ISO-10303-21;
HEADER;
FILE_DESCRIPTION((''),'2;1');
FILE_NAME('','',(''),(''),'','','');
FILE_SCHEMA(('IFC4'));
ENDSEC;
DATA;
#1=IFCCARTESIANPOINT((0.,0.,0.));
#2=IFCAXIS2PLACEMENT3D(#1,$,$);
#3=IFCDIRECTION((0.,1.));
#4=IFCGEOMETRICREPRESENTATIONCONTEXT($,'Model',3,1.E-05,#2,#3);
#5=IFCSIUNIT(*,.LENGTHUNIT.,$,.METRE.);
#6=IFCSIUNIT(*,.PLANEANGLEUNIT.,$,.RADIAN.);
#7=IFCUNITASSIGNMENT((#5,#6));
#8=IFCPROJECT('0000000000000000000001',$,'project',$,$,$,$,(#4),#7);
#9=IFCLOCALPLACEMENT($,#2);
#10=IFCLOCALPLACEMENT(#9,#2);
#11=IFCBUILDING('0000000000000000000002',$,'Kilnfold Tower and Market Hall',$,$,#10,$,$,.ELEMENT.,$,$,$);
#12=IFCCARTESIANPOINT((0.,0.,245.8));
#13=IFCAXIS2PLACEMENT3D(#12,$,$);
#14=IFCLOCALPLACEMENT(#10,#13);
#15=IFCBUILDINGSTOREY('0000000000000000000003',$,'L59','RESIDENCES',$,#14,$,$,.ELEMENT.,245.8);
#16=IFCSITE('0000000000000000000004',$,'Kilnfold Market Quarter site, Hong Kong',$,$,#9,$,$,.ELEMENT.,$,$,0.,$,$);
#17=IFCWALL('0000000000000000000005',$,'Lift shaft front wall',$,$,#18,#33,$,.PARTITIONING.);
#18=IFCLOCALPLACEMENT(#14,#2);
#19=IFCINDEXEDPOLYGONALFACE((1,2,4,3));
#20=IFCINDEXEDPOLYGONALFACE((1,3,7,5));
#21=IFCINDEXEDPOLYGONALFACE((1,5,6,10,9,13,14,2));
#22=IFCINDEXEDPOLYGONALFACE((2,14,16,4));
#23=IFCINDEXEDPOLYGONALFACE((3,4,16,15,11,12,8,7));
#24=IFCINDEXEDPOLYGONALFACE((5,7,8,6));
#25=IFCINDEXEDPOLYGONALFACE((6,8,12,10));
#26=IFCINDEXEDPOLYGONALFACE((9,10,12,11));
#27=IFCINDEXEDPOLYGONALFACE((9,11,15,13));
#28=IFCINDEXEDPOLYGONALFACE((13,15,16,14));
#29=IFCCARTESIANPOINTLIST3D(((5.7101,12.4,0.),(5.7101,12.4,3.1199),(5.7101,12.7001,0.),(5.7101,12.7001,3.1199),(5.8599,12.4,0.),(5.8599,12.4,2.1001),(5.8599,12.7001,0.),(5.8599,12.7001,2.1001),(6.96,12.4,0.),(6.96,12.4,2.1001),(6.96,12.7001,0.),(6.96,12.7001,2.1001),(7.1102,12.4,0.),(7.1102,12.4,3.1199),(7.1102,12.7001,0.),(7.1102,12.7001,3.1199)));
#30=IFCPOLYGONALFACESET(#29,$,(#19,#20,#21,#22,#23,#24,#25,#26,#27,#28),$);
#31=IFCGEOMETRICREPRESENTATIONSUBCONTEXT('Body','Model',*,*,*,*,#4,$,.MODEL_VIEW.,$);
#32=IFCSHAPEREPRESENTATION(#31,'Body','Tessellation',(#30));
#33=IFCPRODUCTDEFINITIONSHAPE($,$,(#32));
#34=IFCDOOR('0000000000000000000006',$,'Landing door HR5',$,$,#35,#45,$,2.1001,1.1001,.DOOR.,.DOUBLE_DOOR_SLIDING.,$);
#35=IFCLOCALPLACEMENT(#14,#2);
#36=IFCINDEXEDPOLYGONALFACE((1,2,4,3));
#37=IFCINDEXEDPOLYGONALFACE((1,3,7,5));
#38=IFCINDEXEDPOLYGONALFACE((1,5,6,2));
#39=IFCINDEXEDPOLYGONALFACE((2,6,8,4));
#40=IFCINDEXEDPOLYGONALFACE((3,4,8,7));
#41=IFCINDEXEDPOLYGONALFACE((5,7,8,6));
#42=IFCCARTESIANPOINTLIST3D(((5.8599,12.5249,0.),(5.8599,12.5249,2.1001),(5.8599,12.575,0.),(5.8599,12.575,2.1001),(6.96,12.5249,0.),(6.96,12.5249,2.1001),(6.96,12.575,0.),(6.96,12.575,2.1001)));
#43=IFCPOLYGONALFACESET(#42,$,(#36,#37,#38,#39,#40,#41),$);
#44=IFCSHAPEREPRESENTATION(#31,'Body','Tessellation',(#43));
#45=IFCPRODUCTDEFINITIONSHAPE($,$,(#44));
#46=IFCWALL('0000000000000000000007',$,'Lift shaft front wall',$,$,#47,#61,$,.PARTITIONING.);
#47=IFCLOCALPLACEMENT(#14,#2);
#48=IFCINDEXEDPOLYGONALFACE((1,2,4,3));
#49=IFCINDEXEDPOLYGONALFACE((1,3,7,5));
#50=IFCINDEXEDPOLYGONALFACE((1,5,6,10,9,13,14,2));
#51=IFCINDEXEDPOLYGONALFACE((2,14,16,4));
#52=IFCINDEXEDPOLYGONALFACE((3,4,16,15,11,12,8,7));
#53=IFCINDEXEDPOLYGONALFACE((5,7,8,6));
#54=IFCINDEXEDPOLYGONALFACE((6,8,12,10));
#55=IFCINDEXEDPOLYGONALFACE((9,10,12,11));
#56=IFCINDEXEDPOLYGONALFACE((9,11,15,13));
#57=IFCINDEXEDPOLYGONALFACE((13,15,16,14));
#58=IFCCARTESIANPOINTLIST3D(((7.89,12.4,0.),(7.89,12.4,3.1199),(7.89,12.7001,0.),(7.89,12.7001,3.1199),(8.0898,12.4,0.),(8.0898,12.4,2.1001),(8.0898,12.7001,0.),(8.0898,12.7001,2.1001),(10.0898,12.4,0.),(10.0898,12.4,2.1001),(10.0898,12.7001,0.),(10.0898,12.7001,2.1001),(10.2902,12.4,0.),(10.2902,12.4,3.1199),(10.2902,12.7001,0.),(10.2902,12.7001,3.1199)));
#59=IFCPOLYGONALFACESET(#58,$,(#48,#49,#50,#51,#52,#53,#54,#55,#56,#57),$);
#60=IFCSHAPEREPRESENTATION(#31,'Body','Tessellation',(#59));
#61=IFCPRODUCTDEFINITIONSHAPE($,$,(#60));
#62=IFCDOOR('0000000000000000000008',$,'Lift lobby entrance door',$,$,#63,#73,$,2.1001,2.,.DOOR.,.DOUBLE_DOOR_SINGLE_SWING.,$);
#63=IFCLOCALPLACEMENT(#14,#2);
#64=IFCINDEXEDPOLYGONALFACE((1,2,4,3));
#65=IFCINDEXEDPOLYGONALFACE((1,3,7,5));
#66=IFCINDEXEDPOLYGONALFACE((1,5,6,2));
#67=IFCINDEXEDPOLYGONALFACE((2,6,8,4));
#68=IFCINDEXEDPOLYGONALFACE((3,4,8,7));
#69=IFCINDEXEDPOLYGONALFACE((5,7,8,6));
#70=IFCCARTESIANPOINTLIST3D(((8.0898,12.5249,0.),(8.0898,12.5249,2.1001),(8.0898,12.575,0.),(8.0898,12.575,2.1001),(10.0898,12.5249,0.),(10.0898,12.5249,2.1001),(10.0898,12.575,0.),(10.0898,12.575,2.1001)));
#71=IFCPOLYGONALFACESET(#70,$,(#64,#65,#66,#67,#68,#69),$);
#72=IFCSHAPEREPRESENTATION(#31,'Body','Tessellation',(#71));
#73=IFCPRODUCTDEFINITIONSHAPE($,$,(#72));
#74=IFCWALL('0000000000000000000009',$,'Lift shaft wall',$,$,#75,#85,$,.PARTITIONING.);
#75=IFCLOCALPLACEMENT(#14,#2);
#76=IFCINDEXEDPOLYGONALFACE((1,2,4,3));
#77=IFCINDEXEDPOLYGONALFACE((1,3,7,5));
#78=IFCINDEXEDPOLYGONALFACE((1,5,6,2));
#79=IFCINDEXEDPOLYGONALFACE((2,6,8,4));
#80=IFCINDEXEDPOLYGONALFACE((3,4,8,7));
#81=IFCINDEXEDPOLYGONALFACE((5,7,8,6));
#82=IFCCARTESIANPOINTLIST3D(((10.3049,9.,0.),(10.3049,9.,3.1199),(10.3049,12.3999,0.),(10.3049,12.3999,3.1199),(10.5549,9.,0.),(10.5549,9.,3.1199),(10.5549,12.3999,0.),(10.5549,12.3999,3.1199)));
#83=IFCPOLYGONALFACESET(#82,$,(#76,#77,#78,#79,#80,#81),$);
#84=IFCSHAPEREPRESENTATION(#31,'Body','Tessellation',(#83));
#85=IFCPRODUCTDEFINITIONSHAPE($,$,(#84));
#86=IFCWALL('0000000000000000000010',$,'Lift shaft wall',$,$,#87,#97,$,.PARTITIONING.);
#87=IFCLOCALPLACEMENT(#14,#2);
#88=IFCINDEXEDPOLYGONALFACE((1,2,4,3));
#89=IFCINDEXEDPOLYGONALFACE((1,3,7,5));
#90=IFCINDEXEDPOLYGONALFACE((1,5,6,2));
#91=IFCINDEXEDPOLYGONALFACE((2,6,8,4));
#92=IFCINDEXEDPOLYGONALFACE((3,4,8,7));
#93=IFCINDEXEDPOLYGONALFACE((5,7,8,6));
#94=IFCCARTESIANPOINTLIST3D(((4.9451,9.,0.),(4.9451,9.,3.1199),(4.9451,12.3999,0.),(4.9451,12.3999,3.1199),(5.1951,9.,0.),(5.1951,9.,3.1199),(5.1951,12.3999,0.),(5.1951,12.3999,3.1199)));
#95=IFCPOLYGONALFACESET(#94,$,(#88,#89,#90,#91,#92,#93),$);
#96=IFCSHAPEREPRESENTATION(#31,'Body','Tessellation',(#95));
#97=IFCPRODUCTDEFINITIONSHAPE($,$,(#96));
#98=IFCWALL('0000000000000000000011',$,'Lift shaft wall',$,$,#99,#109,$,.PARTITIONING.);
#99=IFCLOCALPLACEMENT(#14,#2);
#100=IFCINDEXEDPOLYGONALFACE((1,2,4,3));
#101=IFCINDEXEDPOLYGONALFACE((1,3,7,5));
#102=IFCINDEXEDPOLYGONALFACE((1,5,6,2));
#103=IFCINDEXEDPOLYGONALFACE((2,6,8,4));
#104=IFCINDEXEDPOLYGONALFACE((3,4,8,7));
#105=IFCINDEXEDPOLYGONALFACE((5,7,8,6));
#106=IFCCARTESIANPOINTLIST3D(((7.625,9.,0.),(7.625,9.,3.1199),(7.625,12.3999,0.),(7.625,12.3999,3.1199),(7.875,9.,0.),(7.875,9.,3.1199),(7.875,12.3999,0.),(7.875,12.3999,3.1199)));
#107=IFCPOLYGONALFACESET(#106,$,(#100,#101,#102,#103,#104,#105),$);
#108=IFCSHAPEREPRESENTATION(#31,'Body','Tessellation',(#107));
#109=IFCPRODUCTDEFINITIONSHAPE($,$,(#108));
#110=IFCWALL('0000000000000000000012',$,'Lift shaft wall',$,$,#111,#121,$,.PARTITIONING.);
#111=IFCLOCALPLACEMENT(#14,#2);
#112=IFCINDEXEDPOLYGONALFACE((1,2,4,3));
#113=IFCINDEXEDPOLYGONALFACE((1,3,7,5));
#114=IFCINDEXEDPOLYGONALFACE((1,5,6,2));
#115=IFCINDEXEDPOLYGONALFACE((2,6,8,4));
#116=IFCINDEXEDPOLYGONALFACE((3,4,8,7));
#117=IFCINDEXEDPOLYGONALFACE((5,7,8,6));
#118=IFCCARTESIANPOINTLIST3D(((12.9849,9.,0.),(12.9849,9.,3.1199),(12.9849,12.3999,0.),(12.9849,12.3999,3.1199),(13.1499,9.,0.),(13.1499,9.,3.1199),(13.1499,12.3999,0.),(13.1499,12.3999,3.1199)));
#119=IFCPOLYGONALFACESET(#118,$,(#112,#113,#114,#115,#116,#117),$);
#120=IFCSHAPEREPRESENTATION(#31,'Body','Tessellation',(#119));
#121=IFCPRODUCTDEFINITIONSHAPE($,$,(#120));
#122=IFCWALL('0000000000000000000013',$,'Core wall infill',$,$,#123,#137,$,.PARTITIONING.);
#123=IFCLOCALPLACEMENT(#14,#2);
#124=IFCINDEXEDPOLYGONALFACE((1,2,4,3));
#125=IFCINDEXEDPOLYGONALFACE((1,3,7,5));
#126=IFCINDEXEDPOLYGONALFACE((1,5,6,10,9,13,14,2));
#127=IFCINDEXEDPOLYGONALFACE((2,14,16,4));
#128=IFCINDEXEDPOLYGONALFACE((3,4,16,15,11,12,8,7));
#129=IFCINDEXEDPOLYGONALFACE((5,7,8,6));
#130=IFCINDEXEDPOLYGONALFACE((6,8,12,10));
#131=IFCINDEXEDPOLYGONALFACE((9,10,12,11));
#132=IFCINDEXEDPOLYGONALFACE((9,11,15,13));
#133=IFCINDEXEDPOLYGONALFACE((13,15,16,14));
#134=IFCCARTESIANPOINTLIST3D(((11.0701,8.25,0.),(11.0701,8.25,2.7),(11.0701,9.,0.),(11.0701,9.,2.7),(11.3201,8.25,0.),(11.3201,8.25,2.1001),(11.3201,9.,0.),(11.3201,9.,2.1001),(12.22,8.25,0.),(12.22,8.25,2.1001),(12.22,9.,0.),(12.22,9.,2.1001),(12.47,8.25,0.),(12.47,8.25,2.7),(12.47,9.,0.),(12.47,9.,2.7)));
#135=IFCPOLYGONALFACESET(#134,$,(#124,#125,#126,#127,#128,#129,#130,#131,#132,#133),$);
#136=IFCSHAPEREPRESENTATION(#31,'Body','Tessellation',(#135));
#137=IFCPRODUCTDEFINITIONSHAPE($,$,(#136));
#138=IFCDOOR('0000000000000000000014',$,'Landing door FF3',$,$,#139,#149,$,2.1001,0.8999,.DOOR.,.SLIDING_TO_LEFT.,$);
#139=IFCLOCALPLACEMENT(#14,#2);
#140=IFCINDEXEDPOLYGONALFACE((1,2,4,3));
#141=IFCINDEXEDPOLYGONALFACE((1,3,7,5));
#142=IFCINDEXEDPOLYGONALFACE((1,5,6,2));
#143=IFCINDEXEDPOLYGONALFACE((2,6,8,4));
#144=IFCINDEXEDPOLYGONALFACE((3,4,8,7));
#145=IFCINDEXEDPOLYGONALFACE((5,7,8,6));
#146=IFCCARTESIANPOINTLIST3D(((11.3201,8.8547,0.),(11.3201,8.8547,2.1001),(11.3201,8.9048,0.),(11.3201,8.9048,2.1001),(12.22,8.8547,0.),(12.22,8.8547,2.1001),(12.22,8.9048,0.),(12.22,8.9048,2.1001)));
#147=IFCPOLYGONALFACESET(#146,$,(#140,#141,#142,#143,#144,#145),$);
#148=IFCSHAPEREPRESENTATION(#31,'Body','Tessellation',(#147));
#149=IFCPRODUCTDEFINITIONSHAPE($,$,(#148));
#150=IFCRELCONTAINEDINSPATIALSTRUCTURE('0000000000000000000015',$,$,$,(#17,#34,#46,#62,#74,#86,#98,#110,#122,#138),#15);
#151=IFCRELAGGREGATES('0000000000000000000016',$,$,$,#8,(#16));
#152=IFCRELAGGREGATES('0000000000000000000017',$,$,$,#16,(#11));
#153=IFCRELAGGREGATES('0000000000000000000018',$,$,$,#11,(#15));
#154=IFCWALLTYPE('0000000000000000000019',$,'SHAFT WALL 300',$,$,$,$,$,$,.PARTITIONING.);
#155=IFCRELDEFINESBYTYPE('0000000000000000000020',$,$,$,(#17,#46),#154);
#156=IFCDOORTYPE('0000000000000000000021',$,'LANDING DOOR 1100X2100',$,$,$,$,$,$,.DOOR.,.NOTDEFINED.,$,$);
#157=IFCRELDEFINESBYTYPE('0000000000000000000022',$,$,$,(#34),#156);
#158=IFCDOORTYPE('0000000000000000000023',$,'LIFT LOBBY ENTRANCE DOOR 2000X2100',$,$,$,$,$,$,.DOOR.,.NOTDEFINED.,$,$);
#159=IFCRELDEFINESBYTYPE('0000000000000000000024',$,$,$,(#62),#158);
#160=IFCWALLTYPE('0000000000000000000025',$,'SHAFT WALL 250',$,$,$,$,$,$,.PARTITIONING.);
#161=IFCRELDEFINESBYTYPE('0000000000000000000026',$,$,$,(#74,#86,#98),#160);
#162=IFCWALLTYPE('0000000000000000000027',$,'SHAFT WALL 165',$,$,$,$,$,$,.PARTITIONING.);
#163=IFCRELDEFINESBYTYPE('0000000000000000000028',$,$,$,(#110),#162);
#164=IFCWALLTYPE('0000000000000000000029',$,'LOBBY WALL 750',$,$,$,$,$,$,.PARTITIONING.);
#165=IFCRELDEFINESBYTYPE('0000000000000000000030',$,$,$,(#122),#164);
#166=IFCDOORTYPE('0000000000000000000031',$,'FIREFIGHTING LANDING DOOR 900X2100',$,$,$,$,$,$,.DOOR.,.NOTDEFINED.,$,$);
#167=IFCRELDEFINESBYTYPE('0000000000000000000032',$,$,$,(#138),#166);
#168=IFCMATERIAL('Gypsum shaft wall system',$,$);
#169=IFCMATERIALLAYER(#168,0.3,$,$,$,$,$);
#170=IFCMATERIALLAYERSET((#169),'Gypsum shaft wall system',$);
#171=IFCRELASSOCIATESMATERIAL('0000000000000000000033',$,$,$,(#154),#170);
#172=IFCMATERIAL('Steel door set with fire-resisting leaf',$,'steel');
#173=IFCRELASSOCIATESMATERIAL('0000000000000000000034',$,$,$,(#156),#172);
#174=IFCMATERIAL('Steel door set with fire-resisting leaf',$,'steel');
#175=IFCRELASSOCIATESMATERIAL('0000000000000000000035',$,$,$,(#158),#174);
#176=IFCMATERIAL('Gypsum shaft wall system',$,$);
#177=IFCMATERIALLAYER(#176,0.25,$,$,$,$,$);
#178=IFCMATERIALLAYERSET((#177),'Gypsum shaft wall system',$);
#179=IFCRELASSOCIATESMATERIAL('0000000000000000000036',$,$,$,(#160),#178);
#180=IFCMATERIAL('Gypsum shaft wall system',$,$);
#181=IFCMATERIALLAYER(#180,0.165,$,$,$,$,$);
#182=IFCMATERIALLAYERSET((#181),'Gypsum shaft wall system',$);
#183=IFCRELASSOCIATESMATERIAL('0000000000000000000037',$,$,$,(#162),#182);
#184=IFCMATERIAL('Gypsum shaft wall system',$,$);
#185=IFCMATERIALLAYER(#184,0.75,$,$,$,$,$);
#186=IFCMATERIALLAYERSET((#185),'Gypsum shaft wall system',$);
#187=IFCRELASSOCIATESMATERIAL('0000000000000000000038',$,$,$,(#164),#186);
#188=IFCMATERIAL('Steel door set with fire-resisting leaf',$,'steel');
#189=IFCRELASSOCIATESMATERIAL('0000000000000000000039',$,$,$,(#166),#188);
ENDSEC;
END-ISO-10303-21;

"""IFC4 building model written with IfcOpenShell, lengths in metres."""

from ifc_helpers import new_model, si_unit, direction, frame, frame_2d, origin, place, context, subcontext, project, spatial, rectangle, extrude, source, transform, mapped, material, layer, layer_set, type_object, element, fill, save


model = new_model("IFC4")

# Units and contexts
model_context = context("Model", 3, precision=1e-05, world=origin(), true_north=direction((0.0, 1.0)))
body_context = subcontext(model_context, "Body", "Model", "MODEL_VIEW")
ifc_project = project(units=[si_unit("LENGTHUNIT", "METRE"), si_unit("PLANEANGLEUNIT", "RADIAN")], contexts=[model_context])

# Site, building, storey
site_placement = place(None, origin())
site = spatial("IfcSite", under=ifc_project, at=site_placement, Name="Kilnfold Market Quarter site, Hong Kong", CompositionType="ELEMENT", RefElevation=0.0)
building_placement = place(site_placement, origin())
building = spatial("IfcBuilding", under=site, at=building_placement, Name="Kilnfold Tower and Market Hall", CompositionType="ELEMENT")
storey_placement = place(building_placement, frame((0.0, 0.0, 245.8)))
storey = spatial("IfcBuildingStorey", under=building, at=storey_placement, Name="L59", Description="RESIDENCES", CompositionType="ELEMENT", Elevation=245.8)

# Walls, openings, doors
ifc_material_1 = material(Name="Gypsum shaft wall system")
ifc_layer_1 = layer(ifc_material_1, 0.3)
ifc_layer_set_1 = layer_set([ifc_layer_1], Name="Gypsum shaft wall system")
wall_type_1 = type_object("IfcWallType", Name="SHAFT WALL 300", PredefinedType="PARTITIONING", material=ifc_layer_set_1)
shared_shape_1 = source(origin(), body_context, "Body", "SweptSolid", [
    extrude(rectangle(XDim=1.4001, YDim=0.3, at=frame_2d((0.7002, 0.0))), origin(), (0.0, 0.0, 1.0), 3.1199),
])
wall_1_placement = place(storey_placement, frame((5.71, 12.55, 0.0), z_axis=(0.0, 0.0, 1.0), x_axis=(1.0, 0.0, 0.0)))
wall_1 = element("IfcWall", 1, at=wall_1_placement, inside=storey, type_object=wall_type_1, Name="Lift shaft front wall", PredefinedType="PARTITIONING", context=body_context, shape_type="MappedRepresentation", body=[
    mapped(shared_shape_1, transform((0.0, 0.0, 0.0))),
])
opening_1_placement = place(wall_1_placement, frame((0.1499, 0.0, 0.0)))
opening_1 = element("IfcOpeningElement", 2, at=opening_1_placement, cuts=wall_1, PredefinedType="OPENING", context=body_context, shape_type="SweptSolid", body=[
    extrude(rectangle(XDim=1.1001, YDim=2.1001, at=frame_2d((0.55, 1.05))), frame((0.0, 0.1602, 0.0), z_axis=(0.0, -1.0, 0.0), x_axis=(1.0, 0.0, 0.0)), (0.0, 0.0, 1.0), 0.3201),
])
ifc_material_2 = material(Name="Steel door set with fire-resisting leaf", Category="steel")
door_type_1 = type_object("IfcDoorType", Name="LANDING DOOR 1100X2100", OperationType="NOTDEFINED", PredefinedType="DOOR", material=ifc_material_2)
door_1_placement = place(opening_1_placement, origin())
door_1 = element("IfcDoor", 3, at=door_1_placement, inside=storey, type_object=door_type_1, Name="Landing door HR5", OperationType="DOUBLE_DOOR_SLIDING", OverallHeight=2.1001, OverallWidth=1.1001, PredefinedType="DOOR", context=body_context, shape_type="SweptSolid", body=[
    extrude(rectangle(XDim=1.1001, YDim=2.1001, at=frame_2d((0.55, 1.05))), frame((0.0, 0.0249, 0.0), z_axis=(0.0, -1.0, 0.0), x_axis=(1.0, 0.0, 0.0)), (0.0, 0.0, 1.0), 0.05),
])
fill(opening_1, door_1)
shared_shape_2 = source(origin(), body_context, "Body", "SweptSolid", [
    extrude(rectangle(XDim=2.4001, YDim=0.3, at=frame_2d((1.2002, 0.0))), origin(), (0.0, 0.0, 1.0), 3.1199),
])
wall_2_placement = place(storey_placement, frame((7.8899, 12.55, 0.0), z_axis=(0.0, 0.0, 1.0), x_axis=(1.0, 0.0, 0.0)))
wall_2 = element("IfcWall", 4, at=wall_2_placement, inside=storey, type_object=wall_type_1, Name="Lift shaft front wall", PredefinedType="PARTITIONING", context=body_context, shape_type="MappedRepresentation", body=[
    mapped(shared_shape_2, transform((0.0, 0.0, 0.0))),
])
opening_2_placement = place(wall_2_placement, frame((0.2, 0.0, 0.0)))
opening_2 = element("IfcOpeningElement", 5, at=opening_2_placement, cuts=wall_2, PredefinedType="OPENING", context=body_context, shape_type="SweptSolid", body=[
    extrude(rectangle(XDim=2.0, YDim=2.1001, at=frame_2d((1.0, 1.05))), frame((0.0, 0.1602, 0.0), z_axis=(0.0, -1.0, 0.0), x_axis=(1.0, 0.0, 0.0)), (0.0, 0.0, 1.0), 0.3201),
])
ifc_material_3 = material(Name="Steel door set with fire-resisting leaf", Category="steel")
door_type_2 = type_object("IfcDoorType", Name="LIFT LOBBY ENTRANCE DOOR 2000X2100", OperationType="NOTDEFINED", PredefinedType="DOOR", material=ifc_material_3)
door_2_placement = place(opening_2_placement, origin())
door_2 = element("IfcDoor", 6, at=door_2_placement, inside=storey, type_object=door_type_2, Name="Lift lobby entrance door", OperationType="DOUBLE_DOOR_SINGLE_SWING", OverallHeight=2.1001, OverallWidth=2.0, PredefinedType="DOOR", context=body_context, shape_type="SweptSolid", body=[
    extrude(rectangle(XDim=2.0, YDim=2.1001, at=frame_2d((1.0, 1.05))), frame((0.0, 0.0249, 0.0), z_axis=(0.0, -1.0, 0.0), x_axis=(1.0, 0.0, 0.0)), (0.0, 0.0, 1.0), 0.05),
])
fill(opening_2, door_2)

# Walls
ifc_material_4 = material(Name="Gypsum shaft wall system")
ifc_layer_2 = layer(ifc_material_4, 0.25)
ifc_layer_set_2 = layer_set([ifc_layer_2], Name="Gypsum shaft wall system")
wall_type_2 = type_object("IfcWallType", Name="SHAFT WALL 250", PredefinedType="PARTITIONING", material=ifc_layer_set_2)
shared_shape_3 = source(origin(), body_context, "Body", "SweptSolid", [
    extrude(rectangle(XDim=3.3999, YDim=0.25, at=frame_2d((1.7, 0.0))), origin(), (0.0, 0.0, 1.0), 3.1199),
])
for number, where, z_axis, x_axis, name in (
    (7, (10.4299, 9.0, 0.0), (0.0, 0.0, 1.0), (0.0, 1.0, 0.0), "Lift shaft wall"),
    (8, (5.0701, 9.0, 0.0), (0.0, 0.0, 1.0), (0.0, 1.0, 0.0), "Lift shaft wall"),
    (9, (7.75, 9.0, 0.0), (0.0, 0.0, 1.0), (0.0, 1.0, 0.0), "Lift shaft wall"),
):
    element("IfcWall", number, at=place(storey_placement, frame(where, z_axis=z_axis, x_axis=x_axis)), inside=storey, type_object=wall_type_2, Name=name, PredefinedType="PARTITIONING", context=body_context, shape_type="MappedRepresentation", body=[
        mapped(shared_shape_3, transform((0.0, 0.0, 0.0))),
    ])
ifc_material_5 = material(Name="Gypsum shaft wall system")
ifc_layer_3 = layer(ifc_material_5, 0.165)
ifc_layer_set_3 = layer_set([ifc_layer_3], Name="Gypsum shaft wall system")
wall_type_3 = type_object("IfcWallType", Name="SHAFT WALL 165", PredefinedType="PARTITIONING", material=ifc_layer_set_3)
shared_shape_4 = source(origin(), body_context, "Body", "SweptSolid", [
    extrude(rectangle(XDim=3.3999, YDim=0.165, at=frame_2d((1.7, 0.0))), origin(), (0.0, 0.0, 1.0), 3.1199),
])
wall_3_placement = place(storey_placement, frame((13.0674, 9.0, 0.0), z_axis=(0.0, 0.0, 1.0), x_axis=(0.0, 1.0, 0.0)))
element("IfcWall", 10, at=wall_3_placement, inside=storey, type_object=wall_type_3, Name="Lift shaft wall", PredefinedType="PARTITIONING", context=body_context, shape_type="MappedRepresentation", body=[
    mapped(shared_shape_4, transform((0.0, 0.0, 0.0))),
])

# Wall, opening, door
ifc_material_6 = material(Name="Gypsum shaft wall system")
ifc_layer_4 = layer(ifc_material_6, 0.75)
ifc_layer_set_4 = layer_set([ifc_layer_4], Name="Gypsum shaft wall system")
wall_type_4 = type_object("IfcWallType", Name="LOBBY WALL 750", PredefinedType="PARTITIONING", material=ifc_layer_set_4)
shared_shape_5 = source(origin(), body_context, "Body", "SweptSolid", [
    extrude(rectangle(XDim=1.3999, YDim=0.75, at=frame_2d((0.7, 0.0))), origin(), (0.0, 0.0, 1.0), 2.7),
])
wall_4_placement = place(storey_placement, frame((11.0701, 8.625, 0.0), z_axis=(0.0, 0.0, 1.0), x_axis=(1.0, 0.0, 0.0)))
wall_4 = element("IfcWall", 11, at=wall_4_placement, inside=storey, type_object=wall_type_4, Name="Core wall infill", PredefinedType="PARTITIONING", context=body_context, shape_type="MappedRepresentation", body=[
    mapped(shared_shape_5, transform((0.0, 0.0, 0.0))),
])
opening_3_placement = place(wall_4_placement, frame((0.25, 0.0, 0.0)))
opening_3 = element("IfcOpeningElement", 12, at=opening_3_placement, cuts=wall_4, PredefinedType="OPENING", context=body_context, shape_type="SweptSolid", body=[
    extrude(rectangle(XDim=0.8999, YDim=2.1001, at=frame_2d((0.45, 1.05))), frame((0.0, 0.385, 0.0), z_axis=(0.0, -1.0, 0.0), x_axis=(1.0, 0.0, 0.0)), (0.0, 0.0, 1.0), 0.77),
])
ifc_material_7 = material(Name="Steel door set with fire-resisting leaf", Category="steel")
door_type_3 = type_object("IfcDoorType", Name="FIREFIGHTING LANDING DOOR 900X2100", OperationType="NOTDEFINED", PredefinedType="DOOR", material=ifc_material_7)
door_3_placement = place(opening_3_placement, origin())
door_3 = element("IfcDoor", 13, at=door_3_placement, inside=storey, type_object=door_type_3, Name="Landing door FF3", OperationType="SLIDING_TO_LEFT", OverallHeight=2.1001, OverallWidth=0.8999, PredefinedType="DOOR", context=body_context, shape_type="SweptSolid", body=[
    extrude(rectangle(XDim=0.8999, YDim=2.1001, at=frame_2d((0.45, 1.05))), frame((0.0, 0.2798, 0.0), z_axis=(0.0, -1.0, 0.0), x_axis=(1.0, 0.0, 0.0)), (0.0, 0.0, 1.0), 0.05),
])
fill(opening_3, door_3)

save(model, "model.ifc")
